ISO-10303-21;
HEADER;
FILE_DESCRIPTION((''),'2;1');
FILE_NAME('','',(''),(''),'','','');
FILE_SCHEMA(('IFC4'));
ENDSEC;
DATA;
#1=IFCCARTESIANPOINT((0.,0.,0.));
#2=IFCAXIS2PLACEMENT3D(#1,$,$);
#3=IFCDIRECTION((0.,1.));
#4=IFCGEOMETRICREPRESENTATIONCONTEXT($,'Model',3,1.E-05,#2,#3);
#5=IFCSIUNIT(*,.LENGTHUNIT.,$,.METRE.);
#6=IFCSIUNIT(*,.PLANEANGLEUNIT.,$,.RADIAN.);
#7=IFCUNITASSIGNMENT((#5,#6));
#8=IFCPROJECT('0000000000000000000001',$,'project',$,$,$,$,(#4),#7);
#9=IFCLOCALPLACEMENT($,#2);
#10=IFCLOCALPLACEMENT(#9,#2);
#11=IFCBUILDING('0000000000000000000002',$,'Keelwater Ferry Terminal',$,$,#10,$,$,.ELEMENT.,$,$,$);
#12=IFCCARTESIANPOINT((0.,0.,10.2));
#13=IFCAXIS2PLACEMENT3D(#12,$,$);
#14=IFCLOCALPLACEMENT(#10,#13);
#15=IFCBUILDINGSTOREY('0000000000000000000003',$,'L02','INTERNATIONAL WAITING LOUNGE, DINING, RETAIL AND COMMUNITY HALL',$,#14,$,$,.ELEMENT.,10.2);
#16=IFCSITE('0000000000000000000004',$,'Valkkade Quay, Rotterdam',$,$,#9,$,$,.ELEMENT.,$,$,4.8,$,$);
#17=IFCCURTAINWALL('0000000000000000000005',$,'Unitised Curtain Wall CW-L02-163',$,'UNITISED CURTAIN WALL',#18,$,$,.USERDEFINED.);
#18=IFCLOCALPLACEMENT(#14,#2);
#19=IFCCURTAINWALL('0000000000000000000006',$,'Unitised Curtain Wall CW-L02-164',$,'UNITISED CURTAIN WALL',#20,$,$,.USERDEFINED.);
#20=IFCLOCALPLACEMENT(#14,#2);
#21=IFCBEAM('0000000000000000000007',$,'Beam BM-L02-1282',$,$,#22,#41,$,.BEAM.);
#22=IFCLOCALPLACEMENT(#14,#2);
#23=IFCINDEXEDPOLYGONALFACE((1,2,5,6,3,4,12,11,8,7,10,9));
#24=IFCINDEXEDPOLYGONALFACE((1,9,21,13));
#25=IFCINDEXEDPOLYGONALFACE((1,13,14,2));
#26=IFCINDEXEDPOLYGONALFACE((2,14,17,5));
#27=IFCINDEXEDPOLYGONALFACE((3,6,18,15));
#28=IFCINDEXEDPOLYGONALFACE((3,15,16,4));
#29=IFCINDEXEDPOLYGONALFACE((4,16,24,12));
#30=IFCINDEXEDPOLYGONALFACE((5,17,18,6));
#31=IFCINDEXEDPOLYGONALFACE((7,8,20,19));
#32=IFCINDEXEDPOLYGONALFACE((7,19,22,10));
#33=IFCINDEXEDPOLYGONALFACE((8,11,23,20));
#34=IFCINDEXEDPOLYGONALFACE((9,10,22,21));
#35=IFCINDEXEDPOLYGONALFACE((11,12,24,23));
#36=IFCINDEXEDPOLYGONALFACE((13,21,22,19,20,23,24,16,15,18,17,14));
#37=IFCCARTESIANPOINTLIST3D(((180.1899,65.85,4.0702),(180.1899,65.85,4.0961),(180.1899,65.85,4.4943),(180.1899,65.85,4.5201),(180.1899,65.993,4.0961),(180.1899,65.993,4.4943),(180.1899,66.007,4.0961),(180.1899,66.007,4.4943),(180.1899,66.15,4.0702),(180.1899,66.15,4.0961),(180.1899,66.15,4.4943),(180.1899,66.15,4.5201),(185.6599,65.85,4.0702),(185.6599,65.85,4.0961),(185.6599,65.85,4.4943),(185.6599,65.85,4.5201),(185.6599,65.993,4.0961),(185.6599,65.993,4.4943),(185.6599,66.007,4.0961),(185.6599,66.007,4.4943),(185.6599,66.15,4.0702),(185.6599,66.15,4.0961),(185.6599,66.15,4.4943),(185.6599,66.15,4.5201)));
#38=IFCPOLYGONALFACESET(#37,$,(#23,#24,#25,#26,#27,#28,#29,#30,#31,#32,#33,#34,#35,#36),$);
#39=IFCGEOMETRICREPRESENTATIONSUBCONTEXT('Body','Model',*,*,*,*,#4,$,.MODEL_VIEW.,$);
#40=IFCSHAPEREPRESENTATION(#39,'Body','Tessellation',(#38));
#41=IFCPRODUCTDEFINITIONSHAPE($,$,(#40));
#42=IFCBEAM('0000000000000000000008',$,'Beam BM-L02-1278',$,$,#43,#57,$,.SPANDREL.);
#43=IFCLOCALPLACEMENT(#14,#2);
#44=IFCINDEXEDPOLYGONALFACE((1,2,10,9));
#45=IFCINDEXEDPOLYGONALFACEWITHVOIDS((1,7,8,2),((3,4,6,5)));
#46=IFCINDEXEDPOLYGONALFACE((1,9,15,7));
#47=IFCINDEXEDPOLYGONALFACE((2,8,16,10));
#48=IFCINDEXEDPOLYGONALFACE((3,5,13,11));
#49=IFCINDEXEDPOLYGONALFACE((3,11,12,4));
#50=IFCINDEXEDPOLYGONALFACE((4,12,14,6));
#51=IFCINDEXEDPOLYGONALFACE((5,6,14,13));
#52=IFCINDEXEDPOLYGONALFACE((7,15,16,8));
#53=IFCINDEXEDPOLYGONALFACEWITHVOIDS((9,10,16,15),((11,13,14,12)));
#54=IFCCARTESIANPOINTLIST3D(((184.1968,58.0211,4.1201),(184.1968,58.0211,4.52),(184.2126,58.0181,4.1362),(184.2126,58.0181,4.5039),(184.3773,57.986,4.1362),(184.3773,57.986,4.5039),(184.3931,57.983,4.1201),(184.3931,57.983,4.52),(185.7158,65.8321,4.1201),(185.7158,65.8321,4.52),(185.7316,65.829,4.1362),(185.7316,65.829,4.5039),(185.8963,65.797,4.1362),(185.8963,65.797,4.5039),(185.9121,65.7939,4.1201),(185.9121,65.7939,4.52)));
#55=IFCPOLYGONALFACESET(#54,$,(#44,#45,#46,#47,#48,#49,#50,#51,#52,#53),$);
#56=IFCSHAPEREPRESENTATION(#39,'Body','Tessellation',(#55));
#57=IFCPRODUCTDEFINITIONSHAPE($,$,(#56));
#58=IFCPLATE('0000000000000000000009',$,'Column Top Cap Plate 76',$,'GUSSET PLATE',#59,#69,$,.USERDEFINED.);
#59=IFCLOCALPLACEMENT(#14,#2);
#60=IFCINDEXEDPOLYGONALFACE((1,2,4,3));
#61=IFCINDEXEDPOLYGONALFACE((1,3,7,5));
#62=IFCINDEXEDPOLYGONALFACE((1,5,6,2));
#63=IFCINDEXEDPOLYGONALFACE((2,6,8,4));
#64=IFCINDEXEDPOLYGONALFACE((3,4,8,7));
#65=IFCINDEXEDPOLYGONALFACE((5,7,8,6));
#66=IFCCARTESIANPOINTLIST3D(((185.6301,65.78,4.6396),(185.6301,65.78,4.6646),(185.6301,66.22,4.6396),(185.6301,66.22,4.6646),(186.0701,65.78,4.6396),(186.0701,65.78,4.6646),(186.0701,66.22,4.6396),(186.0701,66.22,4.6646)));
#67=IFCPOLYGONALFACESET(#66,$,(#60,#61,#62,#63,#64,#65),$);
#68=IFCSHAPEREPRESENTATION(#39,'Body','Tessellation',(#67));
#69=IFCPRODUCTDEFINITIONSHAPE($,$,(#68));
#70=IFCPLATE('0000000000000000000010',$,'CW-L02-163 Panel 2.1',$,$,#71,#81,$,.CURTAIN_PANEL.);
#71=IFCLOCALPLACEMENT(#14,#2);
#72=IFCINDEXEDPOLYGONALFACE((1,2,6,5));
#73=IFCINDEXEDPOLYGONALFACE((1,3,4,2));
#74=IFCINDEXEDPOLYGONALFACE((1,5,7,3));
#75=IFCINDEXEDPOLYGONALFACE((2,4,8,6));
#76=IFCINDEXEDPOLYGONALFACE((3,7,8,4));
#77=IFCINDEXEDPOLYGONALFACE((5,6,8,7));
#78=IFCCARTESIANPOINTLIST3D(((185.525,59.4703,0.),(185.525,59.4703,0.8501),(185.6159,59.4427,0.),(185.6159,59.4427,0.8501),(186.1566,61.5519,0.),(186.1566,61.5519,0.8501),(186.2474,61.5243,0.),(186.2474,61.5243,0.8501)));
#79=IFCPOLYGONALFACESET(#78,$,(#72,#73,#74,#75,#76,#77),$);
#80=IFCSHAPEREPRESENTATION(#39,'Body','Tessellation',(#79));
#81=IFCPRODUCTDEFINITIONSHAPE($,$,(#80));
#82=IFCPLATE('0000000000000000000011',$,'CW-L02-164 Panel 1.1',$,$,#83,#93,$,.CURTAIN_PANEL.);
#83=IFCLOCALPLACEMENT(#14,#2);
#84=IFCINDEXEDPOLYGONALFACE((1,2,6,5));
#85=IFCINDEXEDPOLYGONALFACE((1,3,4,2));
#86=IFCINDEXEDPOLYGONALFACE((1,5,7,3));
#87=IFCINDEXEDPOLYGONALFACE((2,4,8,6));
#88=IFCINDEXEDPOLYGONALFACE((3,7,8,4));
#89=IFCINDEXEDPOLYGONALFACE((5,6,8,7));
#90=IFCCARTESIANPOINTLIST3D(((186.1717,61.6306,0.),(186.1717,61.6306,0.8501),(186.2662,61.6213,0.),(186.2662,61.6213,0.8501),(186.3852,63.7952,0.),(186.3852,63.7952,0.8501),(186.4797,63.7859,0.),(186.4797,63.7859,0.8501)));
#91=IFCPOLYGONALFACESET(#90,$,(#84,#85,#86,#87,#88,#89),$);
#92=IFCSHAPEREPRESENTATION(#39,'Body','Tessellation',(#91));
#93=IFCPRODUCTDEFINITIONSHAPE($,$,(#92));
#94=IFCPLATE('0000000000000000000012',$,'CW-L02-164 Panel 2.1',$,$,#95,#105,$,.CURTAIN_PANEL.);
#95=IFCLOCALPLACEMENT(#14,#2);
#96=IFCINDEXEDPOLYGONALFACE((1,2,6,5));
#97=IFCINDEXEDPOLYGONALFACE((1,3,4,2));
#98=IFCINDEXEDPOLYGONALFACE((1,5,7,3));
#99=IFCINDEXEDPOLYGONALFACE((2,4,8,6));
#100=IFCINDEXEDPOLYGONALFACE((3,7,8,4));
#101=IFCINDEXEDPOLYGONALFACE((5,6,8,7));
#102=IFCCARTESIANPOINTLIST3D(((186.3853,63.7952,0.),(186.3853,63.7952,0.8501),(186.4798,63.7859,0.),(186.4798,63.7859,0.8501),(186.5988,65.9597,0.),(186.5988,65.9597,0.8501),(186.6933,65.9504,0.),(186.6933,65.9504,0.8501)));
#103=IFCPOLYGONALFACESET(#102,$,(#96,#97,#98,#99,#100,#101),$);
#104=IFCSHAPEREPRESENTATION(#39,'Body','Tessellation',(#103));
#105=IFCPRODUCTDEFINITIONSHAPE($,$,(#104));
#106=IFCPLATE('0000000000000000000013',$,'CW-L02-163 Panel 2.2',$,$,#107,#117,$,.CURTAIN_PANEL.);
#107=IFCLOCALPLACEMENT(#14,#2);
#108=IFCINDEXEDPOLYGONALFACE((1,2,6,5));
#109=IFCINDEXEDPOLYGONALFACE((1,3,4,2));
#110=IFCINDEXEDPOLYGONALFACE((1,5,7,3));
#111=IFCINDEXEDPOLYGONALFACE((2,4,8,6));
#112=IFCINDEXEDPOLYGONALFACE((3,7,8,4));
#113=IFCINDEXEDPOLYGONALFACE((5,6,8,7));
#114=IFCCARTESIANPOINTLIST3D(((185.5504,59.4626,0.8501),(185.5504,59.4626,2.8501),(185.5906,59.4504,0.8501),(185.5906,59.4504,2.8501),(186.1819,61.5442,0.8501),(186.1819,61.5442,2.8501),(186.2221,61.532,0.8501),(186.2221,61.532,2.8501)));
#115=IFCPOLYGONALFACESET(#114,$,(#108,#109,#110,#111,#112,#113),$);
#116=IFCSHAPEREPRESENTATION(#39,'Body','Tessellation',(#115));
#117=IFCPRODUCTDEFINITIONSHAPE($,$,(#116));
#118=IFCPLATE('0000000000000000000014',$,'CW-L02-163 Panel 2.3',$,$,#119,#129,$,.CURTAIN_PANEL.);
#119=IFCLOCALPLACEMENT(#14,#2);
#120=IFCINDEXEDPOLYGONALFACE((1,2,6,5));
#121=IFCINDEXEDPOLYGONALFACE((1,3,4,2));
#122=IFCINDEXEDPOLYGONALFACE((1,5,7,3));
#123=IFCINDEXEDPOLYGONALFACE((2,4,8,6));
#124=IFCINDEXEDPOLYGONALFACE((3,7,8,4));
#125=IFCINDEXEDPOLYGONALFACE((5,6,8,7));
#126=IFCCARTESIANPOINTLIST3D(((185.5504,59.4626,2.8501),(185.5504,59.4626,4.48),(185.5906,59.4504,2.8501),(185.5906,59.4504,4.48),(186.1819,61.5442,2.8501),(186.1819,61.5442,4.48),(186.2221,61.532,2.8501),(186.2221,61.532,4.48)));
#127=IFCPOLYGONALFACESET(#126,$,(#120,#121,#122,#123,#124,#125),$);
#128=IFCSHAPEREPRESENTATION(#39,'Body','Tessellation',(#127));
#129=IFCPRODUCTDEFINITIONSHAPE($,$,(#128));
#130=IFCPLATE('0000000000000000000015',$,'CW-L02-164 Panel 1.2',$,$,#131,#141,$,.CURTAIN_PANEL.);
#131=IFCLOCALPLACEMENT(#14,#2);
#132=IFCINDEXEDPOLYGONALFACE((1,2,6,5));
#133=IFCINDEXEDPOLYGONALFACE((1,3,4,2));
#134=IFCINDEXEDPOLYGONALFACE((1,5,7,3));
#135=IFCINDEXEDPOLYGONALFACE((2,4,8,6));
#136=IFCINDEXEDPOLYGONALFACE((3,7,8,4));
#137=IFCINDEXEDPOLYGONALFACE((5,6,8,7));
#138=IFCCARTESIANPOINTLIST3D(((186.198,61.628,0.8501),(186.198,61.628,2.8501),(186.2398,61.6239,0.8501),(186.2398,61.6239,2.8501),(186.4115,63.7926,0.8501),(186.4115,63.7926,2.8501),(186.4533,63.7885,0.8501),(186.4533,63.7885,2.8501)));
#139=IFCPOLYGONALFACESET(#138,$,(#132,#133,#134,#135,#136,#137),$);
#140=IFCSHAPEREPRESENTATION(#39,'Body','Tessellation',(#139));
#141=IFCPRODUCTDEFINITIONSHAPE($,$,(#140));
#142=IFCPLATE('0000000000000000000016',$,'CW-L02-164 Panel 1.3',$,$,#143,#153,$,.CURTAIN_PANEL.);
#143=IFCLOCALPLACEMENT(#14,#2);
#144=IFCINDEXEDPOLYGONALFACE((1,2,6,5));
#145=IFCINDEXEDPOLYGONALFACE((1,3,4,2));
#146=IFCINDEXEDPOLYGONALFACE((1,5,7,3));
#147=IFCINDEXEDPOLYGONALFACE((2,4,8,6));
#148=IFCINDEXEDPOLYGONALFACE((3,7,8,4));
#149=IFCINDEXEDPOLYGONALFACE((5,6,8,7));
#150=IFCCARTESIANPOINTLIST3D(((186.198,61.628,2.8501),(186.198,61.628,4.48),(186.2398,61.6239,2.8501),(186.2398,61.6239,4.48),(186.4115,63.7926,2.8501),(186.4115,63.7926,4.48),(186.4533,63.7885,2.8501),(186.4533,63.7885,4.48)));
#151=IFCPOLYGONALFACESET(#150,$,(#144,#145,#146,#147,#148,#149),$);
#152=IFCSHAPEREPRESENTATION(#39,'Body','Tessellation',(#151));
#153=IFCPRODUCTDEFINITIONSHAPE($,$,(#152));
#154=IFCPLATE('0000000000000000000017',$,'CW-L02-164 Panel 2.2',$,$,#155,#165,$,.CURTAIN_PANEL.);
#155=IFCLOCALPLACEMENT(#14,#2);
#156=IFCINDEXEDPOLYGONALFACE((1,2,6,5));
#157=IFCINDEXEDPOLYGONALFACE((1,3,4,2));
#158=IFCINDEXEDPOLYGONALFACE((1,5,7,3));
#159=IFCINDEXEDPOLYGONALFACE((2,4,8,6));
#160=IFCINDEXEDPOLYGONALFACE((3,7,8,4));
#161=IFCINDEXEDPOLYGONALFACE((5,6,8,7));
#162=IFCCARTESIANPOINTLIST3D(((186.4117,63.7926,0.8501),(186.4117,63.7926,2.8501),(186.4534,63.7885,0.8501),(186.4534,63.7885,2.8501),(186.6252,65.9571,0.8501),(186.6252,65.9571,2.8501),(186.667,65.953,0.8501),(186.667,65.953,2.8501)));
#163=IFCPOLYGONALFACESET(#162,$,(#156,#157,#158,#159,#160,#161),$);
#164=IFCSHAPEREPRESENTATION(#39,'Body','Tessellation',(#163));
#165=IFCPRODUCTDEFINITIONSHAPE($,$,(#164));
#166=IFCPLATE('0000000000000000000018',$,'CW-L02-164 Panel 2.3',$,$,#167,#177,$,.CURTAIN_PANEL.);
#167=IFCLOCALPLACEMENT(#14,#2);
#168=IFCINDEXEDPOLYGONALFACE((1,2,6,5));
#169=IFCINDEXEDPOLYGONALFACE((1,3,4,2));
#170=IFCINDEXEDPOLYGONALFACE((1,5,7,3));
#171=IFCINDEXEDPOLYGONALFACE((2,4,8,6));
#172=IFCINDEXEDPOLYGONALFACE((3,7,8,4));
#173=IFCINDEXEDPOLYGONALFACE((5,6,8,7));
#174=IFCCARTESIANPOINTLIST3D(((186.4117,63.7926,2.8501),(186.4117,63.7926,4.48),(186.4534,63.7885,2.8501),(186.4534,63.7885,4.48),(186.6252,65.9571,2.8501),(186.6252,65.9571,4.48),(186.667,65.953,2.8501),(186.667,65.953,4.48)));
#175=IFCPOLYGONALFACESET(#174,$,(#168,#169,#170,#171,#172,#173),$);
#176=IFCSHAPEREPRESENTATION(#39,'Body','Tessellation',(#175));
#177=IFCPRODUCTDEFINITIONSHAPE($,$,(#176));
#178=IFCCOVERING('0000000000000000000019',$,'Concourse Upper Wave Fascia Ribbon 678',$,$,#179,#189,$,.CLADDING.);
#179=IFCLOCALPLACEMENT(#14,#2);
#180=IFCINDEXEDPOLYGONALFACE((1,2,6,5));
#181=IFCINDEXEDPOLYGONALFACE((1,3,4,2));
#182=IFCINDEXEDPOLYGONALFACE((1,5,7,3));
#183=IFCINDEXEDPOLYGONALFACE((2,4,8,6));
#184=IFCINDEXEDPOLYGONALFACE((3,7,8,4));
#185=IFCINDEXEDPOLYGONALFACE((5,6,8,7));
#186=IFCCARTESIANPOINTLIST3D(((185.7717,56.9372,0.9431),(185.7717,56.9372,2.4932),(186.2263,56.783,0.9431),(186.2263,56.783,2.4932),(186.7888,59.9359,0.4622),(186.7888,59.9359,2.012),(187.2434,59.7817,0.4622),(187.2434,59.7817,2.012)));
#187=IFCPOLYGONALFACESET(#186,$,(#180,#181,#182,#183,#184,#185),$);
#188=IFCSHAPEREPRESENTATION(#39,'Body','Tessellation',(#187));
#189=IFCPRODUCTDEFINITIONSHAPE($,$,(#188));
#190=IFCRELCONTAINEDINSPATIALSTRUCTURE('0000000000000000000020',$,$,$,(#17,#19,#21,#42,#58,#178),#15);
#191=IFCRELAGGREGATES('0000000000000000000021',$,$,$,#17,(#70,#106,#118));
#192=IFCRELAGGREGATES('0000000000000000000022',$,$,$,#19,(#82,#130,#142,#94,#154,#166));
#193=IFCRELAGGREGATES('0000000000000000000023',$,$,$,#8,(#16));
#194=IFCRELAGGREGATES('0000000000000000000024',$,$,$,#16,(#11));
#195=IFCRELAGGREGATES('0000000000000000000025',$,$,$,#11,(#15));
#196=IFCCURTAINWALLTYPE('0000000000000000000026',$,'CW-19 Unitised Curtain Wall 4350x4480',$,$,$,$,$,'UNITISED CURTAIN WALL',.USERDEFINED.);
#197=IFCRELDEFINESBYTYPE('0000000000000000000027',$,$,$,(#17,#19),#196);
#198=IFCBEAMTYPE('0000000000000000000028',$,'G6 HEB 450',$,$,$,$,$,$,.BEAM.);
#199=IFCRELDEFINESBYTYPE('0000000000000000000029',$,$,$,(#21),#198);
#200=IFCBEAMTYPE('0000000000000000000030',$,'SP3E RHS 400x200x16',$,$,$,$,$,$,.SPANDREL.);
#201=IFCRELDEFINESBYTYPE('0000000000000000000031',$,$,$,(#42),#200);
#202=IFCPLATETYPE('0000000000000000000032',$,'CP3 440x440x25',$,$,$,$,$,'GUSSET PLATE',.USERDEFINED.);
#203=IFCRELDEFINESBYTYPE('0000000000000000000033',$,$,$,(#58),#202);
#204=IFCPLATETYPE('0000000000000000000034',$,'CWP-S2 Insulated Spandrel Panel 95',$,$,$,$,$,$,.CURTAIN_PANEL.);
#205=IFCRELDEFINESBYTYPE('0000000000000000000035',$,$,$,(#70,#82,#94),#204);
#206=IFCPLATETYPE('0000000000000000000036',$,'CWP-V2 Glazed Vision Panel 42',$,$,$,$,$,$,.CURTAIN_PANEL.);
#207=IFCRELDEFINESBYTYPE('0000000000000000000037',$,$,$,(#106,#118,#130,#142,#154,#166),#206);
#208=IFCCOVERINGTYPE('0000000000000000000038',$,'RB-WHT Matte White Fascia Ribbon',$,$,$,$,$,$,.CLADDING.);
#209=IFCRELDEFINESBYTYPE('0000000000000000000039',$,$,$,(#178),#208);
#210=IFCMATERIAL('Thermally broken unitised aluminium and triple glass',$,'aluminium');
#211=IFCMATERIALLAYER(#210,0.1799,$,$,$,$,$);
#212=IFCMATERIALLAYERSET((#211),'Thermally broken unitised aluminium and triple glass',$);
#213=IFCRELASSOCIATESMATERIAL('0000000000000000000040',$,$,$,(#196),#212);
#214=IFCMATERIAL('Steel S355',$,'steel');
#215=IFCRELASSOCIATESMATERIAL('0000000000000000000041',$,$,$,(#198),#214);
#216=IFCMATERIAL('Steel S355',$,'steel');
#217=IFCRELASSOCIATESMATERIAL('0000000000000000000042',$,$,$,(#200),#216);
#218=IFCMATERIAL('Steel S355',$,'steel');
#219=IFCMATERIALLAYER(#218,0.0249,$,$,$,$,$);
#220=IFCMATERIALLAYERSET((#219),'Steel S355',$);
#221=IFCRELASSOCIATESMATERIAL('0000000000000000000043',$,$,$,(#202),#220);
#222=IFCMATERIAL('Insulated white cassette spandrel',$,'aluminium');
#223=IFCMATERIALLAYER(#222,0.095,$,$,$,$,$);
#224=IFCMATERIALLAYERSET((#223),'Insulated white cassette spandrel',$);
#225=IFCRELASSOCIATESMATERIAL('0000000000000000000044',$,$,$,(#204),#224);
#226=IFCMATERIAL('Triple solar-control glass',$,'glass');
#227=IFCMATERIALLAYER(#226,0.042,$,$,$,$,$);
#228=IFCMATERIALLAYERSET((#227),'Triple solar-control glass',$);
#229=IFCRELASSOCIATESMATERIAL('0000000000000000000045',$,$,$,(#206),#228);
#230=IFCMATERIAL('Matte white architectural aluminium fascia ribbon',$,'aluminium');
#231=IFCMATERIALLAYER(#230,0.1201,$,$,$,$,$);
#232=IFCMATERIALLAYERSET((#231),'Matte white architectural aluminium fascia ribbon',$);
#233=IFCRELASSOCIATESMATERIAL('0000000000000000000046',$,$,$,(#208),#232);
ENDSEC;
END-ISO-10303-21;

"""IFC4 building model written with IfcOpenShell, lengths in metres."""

from ifc_helpers import new_model, si_unit, direction, frame, origin, origin_2d, place, context, subcontext, project, spatial, polyline, rectangle, hollow_rectangle, i_section, outline, extrude, material, layer, layer_set, material_profile, profile_set, type_object, element, aggregate, save


model = new_model("IFC4")

# Units and contexts
model_context = context("Model", 3, precision=1e-05, world=origin(), true_north=direction((0.0, 1.0)))
body_context = subcontext(model_context, "Body", "Model", "MODEL_VIEW")
ifc_project = project(units=[si_unit("LENGTHUNIT", "METRE"), si_unit("PLANEANGLEUNIT", "RADIAN")], contexts=[model_context])

# Site, building, storey
site_placement = place(None, origin())
site = spatial("IfcSite", under=ifc_project, at=site_placement, Name="Valkkade Quay, Rotterdam", CompositionType="ELEMENT", RefElevation=4.8)
building_placement = place(site_placement, origin())
building = spatial("IfcBuilding", under=site, at=building_placement, Name="Keelwater Ferry Terminal", CompositionType="ELEMENT")
storey_placement = place(building_placement, frame((0.0, 0.0, 10.2)))
storey = spatial("IfcBuildingStorey", under=building, at=storey_placement, Name="L02", Description="INTERNATIONAL WAITING LOUNGE, DINING, RETAIL AND COMMUNITY HALL", CompositionType="ELEMENT", Elevation=10.2)

# Curtain walls
ifc_material_1 = material(Name="Thermally broken unitised aluminium and triple glass", Category="aluminium")
ifc_layer_1 = layer(ifc_material_1, 0.1799)
ifc_layer_set_1 = layer_set([ifc_layer_1], Name="Thermally broken unitised aluminium and triple glass")
curtain_wall_type = type_object("IfcCurtainWallType", Name="CW-19 Unitised Curtain Wall 4350x4480", ElementType="UNITISED CURTAIN WALL", PredefinedType="USERDEFINED", material=ifc_layer_set_1)
curtain_wall_1_placement = place(storey_placement, origin())
curtain_wall_1 = element("IfcCurtainWall", 1, at=curtain_wall_1_placement, inside=storey, type_object=curtain_wall_type, Name="Unitised Curtain Wall CW-L02-163", ObjectType="UNITISED CURTAIN WALL", PredefinedType="USERDEFINED")
curtain_wall_2_placement = place(storey_placement, origin())
curtain_wall_2 = element("IfcCurtainWall", 2, at=curtain_wall_2_placement, inside=storey, type_object=curtain_wall_type, Name="Unitised Curtain Wall CW-L02-164", ObjectType="UNITISED CURTAIN WALL", PredefinedType="USERDEFINED")

# Beams
ifc_material_2 = material(Name="Steel S355", Category="steel")
ifc_material_profile_1 = material_profile(ifc_material_2, i_section(OverallWidth=0.3, OverallDepth=0.45, WebThickness=0.0139, FlangeThickness=0.0259, at=origin_2d()), Name="HEB 450")
ifc_profile_set_1 = profile_set([ifc_material_profile_1], Name="Steel S355")
beam_type_1 = type_object("IfcBeamType", Name="G6 HEB 450", PredefinedType="BEAM", material=ifc_profile_set_1)
beam_1_placement = place(storey_placement, frame((185.6599, 66.0, 4.2952), z_axis=(-1.0, 0.0, 0.0), x_axis=(0.0, -1.0, 0.0)))
element("IfcBeam", 3, at=beam_1_placement, inside=storey, type_object=beam_type_1, Name="Beam BM-L02-1282", PredefinedType="BEAM", context=body_context, shape_type="SweptSolid", body=[
    extrude(i_section(OverallWidth=0.3, OverallDepth=0.45, WebThickness=0.0139, FlangeThickness=0.0259, at=origin_2d()), origin(), (0.0, 0.0, 1.0), 5.47),
])
ifc_material_3 = material(Name="Steel S355", Category="steel")
ifc_material_profile_2 = material_profile(ifc_material_3, hollow_rectangle(XDim=0.2, YDim=0.3999, WallThickness=0.0161, at=origin_2d()), Name="RHS 400x200x16")
ifc_profile_set_2 = profile_set([ifc_material_profile_2], Name="Steel S355")
beam_type_2 = type_object("IfcBeamType", Name="SP3E RHS 400x200x16", PredefinedType="SPANDREL", material=ifc_profile_set_2)
beam_2_placement = place(storey_placement, frame((185.814, 65.813, 4.3201), z_axis=(-0.190898, -0.98161, 0.0), x_axis=(0.98161, -0.190898, 0.0)))
element("IfcBeam", 4, at=beam_2_placement, inside=storey, type_object=beam_type_2, Name="Beam BM-L02-1278", PredefinedType="SPANDREL", context=body_context, shape_type="SweptSolid", body=[
    extrude(hollow_rectangle(XDim=0.2, YDim=0.3999, WallThickness=0.0161, at=origin_2d()), origin(), (0.0, 0.0, 1.0), 7.9573),
])

# Plates
ifc_material_4 = material(Name="Steel S355", Category="steel")
ifc_layer_2 = layer(ifc_material_4, 0.0249)
ifc_layer_set_2 = layer_set([ifc_layer_2], Name="Steel S355")
plate_type_1 = type_object("IfcPlateType", Name="CP3 440x440x25", ElementType="GUSSET PLATE", PredefinedType="USERDEFINED", material=ifc_layer_set_2)
plate_1_placement = place(storey_placement, frame((185.8501, 66.0, 4.6396), z_axis=(0.0, 0.0, 1.0), x_axis=(1.0, 0.0, 0.0)))
element("IfcPlate", 5, at=plate_1_placement, inside=storey, type_object=plate_type_1, Name="Column Top Cap Plate 76", ObjectType="GUSSET PLATE", PredefinedType="USERDEFINED", context=body_context, shape_type="SweptSolid", body=[
    extrude(rectangle(XDim=0.4399, YDim=0.4399, at=origin_2d()), origin(), (0.0, 0.0, 1.0), 0.0249),
])
ifc_material_5 = material(Name="Insulated white cassette spandrel", Category="aluminium")
ifc_layer_3 = layer(ifc_material_5, 0.095)
ifc_layer_set_3 = layer_set([ifc_layer_3], Name="Insulated white cassette spandrel")
plate_type_2 = type_object("IfcPlateType", Name="CWP-S2 Insulated Spandrel Panel 95", PredefinedType="CURTAIN_PANEL", material=ifc_layer_set_3)
plate_2_placement = place(storey_placement, frame((185.8862, 60.4973, 0.0), z_axis=(0.0, 0.0, 1.0), x_axis=(0.29032, 0.95693, 0.0)))
plate_2 = element("IfcPlate", 6, at=plate_2_placement, type_object=plate_type_2, Name="CW-L02-163 Panel 2.1", PredefinedType="CURTAIN_PANEL", context=body_context, shape_type="SweptSolid", body=[
    extrude(rectangle(XDim=2.1753, YDim=0.095, at=origin_2d()), origin(), (0.0, 0.0, 1.0), 0.8501),
])
plate_3_placement = place(storey_placement, frame((186.3257, 62.7083, 0.0), z_axis=(0.0, 0.0, 1.0), x_axis=(0.098161, 0.995171, 0.0)))
plate_3 = element("IfcPlate", 7, at=plate_3_placement, type_object=plate_type_2, Name="CW-L02-164 Panel 1.1", PredefinedType="CURTAIN_PANEL", context=body_context, shape_type="SweptSolid", body=[
    extrude(rectangle(XDim=2.175, YDim=0.095, at=origin_2d()), origin(), (0.0, 0.0, 1.0), 0.8501),
])
plate_4_placement = place(storey_placement, frame((186.5393, 64.8728, 0.0), z_axis=(0.0, 0.0, 1.0), x_axis=(0.098161, 0.995171, 0.0)))
plate_4 = element("IfcPlate", 8, at=plate_4_placement, type_object=plate_type_2, Name="CW-L02-164 Panel 2.1", PredefinedType="CURTAIN_PANEL", context=body_context, shape_type="SweptSolid", body=[
    extrude(rectangle(XDim=2.175, YDim=0.095, at=origin_2d()), origin(), (0.0, 0.0, 1.0), 0.8501),
])
ifc_material_6 = material(Name="Triple solar-control glass", Category="glass")
ifc_layer_4 = layer(ifc_material_6, 0.042)
ifc_layer_set_4 = layer_set([ifc_layer_4], Name="Triple solar-control glass")
plate_type_3 = type_object("IfcPlateType", Name="CWP-V2 Glazed Vision Panel 42", PredefinedType="CURTAIN_PANEL", material=ifc_layer_set_4)
plate_5_placement = place(storey_placement, frame((185.8862, 60.4973, 0.8501), z_axis=(0.0, 0.0, 1.0), x_axis=(0.29032, 0.95693, 0.0)))
plate_5 = element("IfcPlate", 9, at=plate_5_placement, type_object=plate_type_3, Name="CW-L02-163 Panel 2.2", PredefinedType="CURTAIN_PANEL", context=body_context, shape_type="SweptSolid", body=[
    extrude(rectangle(XDim=2.1753, YDim=0.042, at=origin_2d()), origin(), (0.0, 0.0, 1.0), 2.0),
])
plate_6_placement = place(storey_placement, frame((185.8862, 60.4973, 2.8501), z_axis=(0.0, 0.0, 1.0), x_axis=(0.29032, 0.95693, 0.0)))
plate_6 = element("IfcPlate", 10, at=plate_6_placement, type_object=plate_type_3, Name="CW-L02-163 Panel 2.3", PredefinedType="CURTAIN_PANEL", context=body_context, shape_type="SweptSolid", body=[
    extrude(rectangle(XDim=2.1753, YDim=0.042, at=origin_2d()), origin(), (0.0, 0.0, 1.0), 1.6299),
])
aggregate(curtain_wall_1, [plate_2, plate_5, plate_6])
plate_7_placement = place(storey_placement, frame((186.3257, 62.7083, 0.8501), z_axis=(0.0, 0.0, 1.0), x_axis=(0.098161, 0.995171, 0.0)))
plate_7 = element("IfcPlate", 11, at=plate_7_placement, type_object=plate_type_3, Name="CW-L02-164 Panel 1.2", PredefinedType="CURTAIN_PANEL", context=body_context, shape_type="SweptSolid", body=[
    extrude(rectangle(XDim=2.175, YDim=0.042, at=origin_2d()), origin(), (0.0, 0.0, 1.0), 2.0),
])
plate_8_placement = place(storey_placement, frame((186.3257, 62.7083, 2.8501), z_axis=(0.0, 0.0, 1.0), x_axis=(0.098161, 0.995171, 0.0)))
plate_8 = element("IfcPlate", 12, at=plate_8_placement, type_object=plate_type_3, Name="CW-L02-164 Panel 1.3", PredefinedType="CURTAIN_PANEL", context=body_context, shape_type="SweptSolid", body=[
    extrude(rectangle(XDim=2.175, YDim=0.042, at=origin_2d()), origin(), (0.0, 0.0, 1.0), 1.6299),
])
plate_9_placement = place(storey_placement, frame((186.5393, 64.8728, 0.8501), z_axis=(0.0, 0.0, 1.0), x_axis=(0.098161, 0.995171, 0.0)))
plate_9 = element("IfcPlate", 13, at=plate_9_placement, type_object=plate_type_3, Name="CW-L02-164 Panel 2.2", PredefinedType="CURTAIN_PANEL", context=body_context, shape_type="SweptSolid", body=[
    extrude(rectangle(XDim=2.175, YDim=0.042, at=origin_2d()), origin(), (0.0, 0.0, 1.0), 2.0),
])
plate_10_placement = place(storey_placement, frame((186.5393, 64.8728, 2.8501), z_axis=(0.0, 0.0, 1.0), x_axis=(0.098161, 0.995171, 0.0)))
plate_10 = element("IfcPlate", 14, at=plate_10_placement, type_object=plate_type_3, Name="CW-L02-164 Panel 2.3", PredefinedType="CURTAIN_PANEL", context=body_context, shape_type="SweptSolid", body=[
    extrude(rectangle(XDim=2.175, YDim=0.042, at=origin_2d()), origin(), (0.0, 0.0, 1.0), 1.6299),
])
aggregate(curtain_wall_2, [plate_3, plate_7, plate_8, plate_4, plate_9, plate_10])

# Covering
ifc_material_7 = material(Name="Matte white architectural aluminium fascia ribbon", Category="aluminium")
ifc_layer_5 = layer(ifc_material_7, 0.1201)
ifc_layer_set_5 = layer_set([ifc_layer_5], Name="Matte white architectural aluminium fascia ribbon")
covering_type = type_object("IfcCoveringType", Name="RB-WHT Matte White Fascia Ribbon", PredefinedType="CLADDING", material=ifc_layer_set_5)
covering_1_placement = place(storey_placement, frame((185.999, 56.8601, 0.4622), z_axis=(0.0, 0.0, 1.0), x_axis=(0.321196, 0.947013, 0.0)))
element("IfcCovering", 15, at=covering_1_placement, inside=storey, type_object=covering_type, Name="Concourse Upper Wave Fascia Ribbon 678", PredefinedType="CLADDING", context=body_context, shape_type="SweptSolid", body=[
    extrude(outline(polyline([(0.0, 0.481), (3.1665, 0.0), (3.1665, 1.5498), (0.0, 2.031), (0.0, 0.481)])), frame((0.0, 0.24, 0.0), z_axis=(0.0, -1.0, 0.0), x_axis=(1.0, 0.0, 0.0)), (0.0, 0.0, 1.0), 0.48),
])

save(model, "model.ifc")
